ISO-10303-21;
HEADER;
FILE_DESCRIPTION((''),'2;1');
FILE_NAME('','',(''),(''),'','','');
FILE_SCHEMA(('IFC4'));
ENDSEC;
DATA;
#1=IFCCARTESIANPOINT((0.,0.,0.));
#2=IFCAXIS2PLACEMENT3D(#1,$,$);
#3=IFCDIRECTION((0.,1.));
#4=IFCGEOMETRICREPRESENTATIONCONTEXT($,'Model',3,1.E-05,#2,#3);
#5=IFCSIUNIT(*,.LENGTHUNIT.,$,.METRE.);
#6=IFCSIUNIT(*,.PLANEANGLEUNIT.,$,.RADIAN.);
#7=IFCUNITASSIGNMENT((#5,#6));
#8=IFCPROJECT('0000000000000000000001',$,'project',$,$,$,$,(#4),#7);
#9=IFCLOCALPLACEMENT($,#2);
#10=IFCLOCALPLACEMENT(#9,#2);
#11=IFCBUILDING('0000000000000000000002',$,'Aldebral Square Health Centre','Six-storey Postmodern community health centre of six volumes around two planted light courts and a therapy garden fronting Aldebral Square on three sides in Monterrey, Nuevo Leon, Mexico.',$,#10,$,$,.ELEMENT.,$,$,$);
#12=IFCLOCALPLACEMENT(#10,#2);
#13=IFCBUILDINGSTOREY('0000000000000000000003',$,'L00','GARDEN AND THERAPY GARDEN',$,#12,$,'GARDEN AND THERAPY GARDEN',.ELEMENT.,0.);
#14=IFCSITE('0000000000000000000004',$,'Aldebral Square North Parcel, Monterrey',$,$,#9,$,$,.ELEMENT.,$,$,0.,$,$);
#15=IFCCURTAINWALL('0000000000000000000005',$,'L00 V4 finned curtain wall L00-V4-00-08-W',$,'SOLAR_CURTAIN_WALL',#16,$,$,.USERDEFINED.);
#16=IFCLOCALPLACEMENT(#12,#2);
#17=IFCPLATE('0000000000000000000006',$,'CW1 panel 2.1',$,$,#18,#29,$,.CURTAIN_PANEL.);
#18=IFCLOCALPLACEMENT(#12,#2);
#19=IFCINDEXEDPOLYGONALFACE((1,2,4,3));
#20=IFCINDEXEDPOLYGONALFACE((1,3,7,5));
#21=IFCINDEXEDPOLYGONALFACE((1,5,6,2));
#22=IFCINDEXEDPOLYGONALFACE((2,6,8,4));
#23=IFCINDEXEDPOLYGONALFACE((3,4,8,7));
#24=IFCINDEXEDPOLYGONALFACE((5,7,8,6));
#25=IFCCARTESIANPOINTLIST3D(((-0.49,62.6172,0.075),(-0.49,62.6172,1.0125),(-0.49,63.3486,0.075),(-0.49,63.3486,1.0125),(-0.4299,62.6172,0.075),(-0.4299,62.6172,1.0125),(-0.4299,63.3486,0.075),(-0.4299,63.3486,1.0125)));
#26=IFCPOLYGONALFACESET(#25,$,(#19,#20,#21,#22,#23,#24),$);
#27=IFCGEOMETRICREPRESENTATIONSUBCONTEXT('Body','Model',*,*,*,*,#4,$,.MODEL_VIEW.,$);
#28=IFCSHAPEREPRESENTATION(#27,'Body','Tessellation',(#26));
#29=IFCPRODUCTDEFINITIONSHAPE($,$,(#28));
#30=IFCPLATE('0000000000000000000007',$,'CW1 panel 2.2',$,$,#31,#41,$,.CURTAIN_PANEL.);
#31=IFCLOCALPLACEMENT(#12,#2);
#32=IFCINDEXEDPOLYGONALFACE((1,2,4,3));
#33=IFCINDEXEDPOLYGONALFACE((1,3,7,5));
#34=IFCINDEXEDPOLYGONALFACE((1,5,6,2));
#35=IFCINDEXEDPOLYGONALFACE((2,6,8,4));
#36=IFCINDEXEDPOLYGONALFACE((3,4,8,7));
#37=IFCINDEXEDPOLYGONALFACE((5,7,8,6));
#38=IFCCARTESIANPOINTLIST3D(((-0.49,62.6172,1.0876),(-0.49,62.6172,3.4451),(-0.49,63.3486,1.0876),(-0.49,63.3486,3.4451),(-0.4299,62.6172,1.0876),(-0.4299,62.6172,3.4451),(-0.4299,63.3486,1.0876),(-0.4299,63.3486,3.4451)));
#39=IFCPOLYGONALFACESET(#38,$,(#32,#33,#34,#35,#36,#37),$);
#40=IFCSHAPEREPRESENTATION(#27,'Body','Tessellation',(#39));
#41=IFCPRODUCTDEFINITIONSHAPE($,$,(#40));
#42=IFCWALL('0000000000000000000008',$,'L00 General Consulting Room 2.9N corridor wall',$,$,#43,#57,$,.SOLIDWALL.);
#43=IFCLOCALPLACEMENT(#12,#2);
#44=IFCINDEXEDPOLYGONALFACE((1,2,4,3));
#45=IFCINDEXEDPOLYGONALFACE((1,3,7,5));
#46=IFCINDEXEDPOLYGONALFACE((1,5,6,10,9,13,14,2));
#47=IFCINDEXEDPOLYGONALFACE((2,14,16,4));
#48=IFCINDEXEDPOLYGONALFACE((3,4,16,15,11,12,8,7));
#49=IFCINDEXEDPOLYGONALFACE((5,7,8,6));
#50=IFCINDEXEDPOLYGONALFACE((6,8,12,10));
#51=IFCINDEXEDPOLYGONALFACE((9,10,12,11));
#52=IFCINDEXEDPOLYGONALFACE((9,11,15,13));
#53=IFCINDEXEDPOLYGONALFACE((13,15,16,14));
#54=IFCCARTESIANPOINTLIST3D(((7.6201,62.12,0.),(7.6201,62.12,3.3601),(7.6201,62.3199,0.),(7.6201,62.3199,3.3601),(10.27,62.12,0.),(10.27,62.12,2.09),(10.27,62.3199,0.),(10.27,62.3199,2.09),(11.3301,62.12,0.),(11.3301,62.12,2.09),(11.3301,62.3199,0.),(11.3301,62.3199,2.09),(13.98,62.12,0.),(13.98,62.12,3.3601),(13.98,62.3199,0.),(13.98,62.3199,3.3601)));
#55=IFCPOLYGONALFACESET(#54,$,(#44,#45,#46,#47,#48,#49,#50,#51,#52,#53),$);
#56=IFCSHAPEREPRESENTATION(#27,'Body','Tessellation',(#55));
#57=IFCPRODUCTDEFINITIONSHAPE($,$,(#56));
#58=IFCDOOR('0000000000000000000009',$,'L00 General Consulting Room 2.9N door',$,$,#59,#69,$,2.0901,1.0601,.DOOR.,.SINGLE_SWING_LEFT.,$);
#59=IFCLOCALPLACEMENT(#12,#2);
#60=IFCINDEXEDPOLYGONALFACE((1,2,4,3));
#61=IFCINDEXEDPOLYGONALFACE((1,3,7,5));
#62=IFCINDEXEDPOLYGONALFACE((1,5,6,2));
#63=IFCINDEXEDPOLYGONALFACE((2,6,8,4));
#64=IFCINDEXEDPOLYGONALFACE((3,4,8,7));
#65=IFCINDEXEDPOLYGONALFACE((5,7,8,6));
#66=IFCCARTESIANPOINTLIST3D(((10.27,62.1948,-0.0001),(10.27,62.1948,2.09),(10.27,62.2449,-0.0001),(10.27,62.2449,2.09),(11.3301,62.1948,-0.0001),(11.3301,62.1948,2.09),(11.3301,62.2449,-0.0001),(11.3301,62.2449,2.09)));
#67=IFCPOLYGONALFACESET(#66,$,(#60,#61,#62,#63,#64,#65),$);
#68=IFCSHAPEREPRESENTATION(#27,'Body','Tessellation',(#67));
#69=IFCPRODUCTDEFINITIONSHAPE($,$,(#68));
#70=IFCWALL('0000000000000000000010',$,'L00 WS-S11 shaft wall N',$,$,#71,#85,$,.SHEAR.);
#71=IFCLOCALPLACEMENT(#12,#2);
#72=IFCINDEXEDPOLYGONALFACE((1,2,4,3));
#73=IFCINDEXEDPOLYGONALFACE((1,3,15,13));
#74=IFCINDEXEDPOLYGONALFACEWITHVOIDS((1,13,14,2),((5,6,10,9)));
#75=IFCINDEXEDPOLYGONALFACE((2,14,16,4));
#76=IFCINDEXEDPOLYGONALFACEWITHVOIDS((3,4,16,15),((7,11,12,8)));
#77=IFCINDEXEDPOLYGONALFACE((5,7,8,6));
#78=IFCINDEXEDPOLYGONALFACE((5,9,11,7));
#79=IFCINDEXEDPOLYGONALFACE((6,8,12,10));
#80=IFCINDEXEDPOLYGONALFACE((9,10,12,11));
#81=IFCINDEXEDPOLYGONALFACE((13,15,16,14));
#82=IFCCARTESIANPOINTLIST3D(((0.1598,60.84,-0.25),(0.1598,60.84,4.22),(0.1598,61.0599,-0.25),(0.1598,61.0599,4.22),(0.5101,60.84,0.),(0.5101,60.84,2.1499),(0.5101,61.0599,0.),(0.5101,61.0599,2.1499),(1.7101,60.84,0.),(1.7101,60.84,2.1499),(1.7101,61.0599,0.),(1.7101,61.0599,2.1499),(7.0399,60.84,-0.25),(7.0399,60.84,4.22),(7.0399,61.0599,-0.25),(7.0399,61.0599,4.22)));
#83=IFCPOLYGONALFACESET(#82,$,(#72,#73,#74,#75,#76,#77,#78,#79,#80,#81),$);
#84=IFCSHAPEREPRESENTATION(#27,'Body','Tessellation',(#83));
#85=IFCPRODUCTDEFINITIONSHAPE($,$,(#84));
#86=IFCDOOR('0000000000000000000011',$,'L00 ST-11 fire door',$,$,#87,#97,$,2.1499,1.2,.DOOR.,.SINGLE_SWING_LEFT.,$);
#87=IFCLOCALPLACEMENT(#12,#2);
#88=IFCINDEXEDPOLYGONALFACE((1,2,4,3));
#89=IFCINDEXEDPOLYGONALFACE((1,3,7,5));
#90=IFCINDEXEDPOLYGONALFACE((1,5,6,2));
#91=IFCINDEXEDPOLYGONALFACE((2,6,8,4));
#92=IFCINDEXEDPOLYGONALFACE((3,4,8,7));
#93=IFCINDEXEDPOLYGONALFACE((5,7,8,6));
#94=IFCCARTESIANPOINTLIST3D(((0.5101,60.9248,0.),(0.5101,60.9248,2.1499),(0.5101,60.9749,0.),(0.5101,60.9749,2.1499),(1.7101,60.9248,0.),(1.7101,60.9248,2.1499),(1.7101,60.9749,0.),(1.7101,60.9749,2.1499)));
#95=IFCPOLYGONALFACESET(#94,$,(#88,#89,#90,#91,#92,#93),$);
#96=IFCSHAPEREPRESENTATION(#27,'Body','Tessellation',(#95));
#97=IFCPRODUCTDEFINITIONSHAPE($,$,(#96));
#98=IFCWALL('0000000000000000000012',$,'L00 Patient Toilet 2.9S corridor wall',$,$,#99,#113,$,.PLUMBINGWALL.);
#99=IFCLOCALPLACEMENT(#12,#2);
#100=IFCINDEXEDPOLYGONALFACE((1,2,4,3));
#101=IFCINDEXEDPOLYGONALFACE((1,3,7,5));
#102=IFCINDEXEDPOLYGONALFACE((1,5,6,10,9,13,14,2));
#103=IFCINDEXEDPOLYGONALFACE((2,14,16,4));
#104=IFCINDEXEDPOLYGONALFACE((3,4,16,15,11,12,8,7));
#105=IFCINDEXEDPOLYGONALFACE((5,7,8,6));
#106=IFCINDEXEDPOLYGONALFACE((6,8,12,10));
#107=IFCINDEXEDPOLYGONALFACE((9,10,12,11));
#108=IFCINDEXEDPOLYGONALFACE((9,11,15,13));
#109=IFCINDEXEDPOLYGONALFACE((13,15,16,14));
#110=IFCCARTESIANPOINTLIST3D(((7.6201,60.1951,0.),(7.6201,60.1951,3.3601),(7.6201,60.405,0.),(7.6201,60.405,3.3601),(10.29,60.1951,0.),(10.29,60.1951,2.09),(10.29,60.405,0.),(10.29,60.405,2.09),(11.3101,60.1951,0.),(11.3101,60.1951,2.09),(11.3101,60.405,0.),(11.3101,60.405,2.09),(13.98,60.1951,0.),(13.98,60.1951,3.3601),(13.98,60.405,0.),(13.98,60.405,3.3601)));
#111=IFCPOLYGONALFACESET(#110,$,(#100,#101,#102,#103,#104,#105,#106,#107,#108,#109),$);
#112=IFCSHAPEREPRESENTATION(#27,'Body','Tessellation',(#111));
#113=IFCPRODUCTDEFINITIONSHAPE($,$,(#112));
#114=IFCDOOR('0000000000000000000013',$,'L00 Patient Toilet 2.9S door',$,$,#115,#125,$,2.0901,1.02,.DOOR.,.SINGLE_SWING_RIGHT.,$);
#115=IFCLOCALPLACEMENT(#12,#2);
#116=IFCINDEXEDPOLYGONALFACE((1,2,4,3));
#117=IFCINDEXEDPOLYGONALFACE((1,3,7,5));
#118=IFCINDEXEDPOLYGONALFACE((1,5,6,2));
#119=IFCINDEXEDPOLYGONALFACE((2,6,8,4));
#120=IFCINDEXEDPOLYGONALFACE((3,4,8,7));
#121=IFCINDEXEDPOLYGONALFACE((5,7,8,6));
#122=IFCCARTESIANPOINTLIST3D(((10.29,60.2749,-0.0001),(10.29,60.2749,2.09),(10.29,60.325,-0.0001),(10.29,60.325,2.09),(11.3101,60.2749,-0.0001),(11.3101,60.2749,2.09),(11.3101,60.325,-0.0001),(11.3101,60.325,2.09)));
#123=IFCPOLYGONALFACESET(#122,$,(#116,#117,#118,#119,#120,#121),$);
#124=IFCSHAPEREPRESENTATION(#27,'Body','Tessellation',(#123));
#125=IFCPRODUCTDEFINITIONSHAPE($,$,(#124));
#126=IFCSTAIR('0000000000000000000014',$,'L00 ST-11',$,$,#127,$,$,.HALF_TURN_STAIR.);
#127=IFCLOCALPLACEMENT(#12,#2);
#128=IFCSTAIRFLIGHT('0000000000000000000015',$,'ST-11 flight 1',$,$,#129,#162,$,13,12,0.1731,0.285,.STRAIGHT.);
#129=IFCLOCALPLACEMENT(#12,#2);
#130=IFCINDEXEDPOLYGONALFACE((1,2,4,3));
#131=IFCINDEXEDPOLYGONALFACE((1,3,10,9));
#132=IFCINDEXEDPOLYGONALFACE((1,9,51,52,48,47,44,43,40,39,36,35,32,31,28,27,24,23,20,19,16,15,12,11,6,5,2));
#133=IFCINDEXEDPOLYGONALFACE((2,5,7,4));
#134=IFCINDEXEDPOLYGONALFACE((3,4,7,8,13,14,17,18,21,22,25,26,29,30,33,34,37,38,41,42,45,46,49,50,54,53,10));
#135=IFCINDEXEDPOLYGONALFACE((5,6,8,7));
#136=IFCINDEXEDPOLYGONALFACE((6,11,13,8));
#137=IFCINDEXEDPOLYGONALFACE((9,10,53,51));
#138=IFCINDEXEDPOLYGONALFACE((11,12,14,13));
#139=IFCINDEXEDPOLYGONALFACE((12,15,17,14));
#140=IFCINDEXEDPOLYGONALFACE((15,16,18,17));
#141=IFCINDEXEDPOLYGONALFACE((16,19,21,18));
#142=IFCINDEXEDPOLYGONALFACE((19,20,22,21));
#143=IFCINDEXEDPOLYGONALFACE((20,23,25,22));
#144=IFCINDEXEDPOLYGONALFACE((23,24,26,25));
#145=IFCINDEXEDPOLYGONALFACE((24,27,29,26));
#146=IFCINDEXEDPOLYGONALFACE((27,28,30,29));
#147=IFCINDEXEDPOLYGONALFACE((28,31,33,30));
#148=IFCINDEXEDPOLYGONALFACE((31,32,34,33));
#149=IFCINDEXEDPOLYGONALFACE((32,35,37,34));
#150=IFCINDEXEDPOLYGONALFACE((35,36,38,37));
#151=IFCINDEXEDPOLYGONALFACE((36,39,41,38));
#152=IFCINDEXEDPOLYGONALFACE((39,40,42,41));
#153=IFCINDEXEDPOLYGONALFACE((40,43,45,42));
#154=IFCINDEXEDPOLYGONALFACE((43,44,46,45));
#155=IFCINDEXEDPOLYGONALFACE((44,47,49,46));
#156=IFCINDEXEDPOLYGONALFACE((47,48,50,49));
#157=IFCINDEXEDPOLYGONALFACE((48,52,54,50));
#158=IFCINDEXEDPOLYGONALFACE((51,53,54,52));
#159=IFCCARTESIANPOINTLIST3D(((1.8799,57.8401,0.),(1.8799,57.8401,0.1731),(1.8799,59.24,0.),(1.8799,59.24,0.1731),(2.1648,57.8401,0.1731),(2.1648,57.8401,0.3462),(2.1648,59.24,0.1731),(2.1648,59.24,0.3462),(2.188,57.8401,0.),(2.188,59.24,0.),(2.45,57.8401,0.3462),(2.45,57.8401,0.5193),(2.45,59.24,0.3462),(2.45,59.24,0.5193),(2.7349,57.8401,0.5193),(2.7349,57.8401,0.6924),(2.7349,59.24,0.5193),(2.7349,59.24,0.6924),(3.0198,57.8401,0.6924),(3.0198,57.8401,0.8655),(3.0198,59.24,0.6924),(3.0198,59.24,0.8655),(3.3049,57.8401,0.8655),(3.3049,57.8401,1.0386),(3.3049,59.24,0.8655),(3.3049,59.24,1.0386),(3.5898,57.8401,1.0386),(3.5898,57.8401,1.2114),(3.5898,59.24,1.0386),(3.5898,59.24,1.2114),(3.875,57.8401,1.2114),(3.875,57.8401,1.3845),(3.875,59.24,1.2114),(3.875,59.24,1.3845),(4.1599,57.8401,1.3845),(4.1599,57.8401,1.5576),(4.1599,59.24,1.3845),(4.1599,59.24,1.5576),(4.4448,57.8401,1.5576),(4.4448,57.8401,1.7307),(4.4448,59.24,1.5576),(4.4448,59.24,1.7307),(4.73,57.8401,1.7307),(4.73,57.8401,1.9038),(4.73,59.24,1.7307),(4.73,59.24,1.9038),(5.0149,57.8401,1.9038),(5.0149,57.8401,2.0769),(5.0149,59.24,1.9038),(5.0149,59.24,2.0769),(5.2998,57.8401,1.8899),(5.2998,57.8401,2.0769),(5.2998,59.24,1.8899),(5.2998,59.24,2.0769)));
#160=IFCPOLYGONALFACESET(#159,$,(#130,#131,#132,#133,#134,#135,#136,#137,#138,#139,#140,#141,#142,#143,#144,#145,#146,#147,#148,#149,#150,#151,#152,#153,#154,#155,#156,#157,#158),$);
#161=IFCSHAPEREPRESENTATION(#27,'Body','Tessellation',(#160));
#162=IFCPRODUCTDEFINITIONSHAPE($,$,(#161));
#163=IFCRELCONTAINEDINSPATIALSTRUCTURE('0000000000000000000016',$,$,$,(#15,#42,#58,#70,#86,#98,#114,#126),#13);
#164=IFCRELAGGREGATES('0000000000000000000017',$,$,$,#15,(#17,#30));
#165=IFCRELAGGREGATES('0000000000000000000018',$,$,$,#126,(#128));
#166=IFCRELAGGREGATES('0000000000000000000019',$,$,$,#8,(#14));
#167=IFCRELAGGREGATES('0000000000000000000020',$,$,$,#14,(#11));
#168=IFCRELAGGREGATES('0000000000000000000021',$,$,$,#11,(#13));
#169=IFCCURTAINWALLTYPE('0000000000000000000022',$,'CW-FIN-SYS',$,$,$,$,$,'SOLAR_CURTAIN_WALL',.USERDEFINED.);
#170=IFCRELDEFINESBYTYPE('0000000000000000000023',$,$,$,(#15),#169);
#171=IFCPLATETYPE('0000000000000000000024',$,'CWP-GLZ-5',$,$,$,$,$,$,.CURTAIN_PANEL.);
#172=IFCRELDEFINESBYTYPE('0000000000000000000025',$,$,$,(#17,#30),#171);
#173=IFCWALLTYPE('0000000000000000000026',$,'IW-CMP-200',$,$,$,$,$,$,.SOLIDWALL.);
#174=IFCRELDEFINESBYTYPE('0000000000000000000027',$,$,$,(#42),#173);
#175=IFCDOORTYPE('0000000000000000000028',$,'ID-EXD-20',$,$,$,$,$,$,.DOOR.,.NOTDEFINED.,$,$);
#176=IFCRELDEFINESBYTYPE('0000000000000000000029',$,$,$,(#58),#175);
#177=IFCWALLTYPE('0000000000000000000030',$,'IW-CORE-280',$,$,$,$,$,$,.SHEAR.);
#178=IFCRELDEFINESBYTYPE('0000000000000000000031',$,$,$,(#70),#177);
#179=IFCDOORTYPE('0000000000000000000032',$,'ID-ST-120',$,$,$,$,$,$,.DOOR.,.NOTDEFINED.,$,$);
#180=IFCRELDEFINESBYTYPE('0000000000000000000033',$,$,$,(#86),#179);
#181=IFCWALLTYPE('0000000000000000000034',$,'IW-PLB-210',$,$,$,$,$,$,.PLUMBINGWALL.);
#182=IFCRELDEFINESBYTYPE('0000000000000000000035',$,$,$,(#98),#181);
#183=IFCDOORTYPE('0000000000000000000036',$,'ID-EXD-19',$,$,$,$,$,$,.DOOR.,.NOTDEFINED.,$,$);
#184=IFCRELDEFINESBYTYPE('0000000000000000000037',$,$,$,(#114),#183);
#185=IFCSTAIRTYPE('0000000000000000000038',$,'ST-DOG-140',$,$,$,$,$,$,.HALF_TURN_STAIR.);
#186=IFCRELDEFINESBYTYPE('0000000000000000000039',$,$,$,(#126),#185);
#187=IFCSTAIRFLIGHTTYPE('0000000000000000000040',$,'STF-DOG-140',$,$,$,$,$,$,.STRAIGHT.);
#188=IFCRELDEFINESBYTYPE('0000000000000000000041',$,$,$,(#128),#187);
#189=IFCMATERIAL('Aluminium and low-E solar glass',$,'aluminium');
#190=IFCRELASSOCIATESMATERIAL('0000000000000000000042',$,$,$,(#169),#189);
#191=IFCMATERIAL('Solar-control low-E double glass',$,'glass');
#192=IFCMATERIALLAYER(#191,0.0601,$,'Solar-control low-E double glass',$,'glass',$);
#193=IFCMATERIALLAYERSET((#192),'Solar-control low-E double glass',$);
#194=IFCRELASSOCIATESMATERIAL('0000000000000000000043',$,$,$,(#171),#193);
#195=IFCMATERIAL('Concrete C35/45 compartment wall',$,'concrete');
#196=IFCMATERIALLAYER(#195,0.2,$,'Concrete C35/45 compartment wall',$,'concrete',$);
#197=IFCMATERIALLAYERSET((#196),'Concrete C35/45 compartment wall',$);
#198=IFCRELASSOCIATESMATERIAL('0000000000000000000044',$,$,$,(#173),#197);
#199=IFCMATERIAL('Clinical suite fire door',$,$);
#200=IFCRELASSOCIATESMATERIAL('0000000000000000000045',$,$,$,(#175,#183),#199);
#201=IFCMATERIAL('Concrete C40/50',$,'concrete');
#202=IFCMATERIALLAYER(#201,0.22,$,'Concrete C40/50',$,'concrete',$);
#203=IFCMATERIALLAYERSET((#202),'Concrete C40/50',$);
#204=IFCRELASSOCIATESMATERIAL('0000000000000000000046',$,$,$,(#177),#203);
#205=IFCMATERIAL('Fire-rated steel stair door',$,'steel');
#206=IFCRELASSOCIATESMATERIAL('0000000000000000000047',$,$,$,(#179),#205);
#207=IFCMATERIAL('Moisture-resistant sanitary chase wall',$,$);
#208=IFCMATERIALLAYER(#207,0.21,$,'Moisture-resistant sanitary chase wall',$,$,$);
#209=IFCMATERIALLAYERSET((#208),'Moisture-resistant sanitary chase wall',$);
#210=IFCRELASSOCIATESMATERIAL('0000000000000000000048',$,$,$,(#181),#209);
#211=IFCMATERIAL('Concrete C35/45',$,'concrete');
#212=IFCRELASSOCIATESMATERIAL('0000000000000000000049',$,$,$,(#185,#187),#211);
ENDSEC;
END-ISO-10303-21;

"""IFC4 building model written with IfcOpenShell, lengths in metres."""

from ifc_helpers import new_model, si_unit, direction, frame, frame_2d, origin, origin_2d, place, context, subcontext, project, spatial, polyline, rectangle, outline, extrude, material, layer, layer_set, type_object, element, fill, aggregate, save


model = new_model("IFC4")

# Units and contexts
model_context = context("Model", 3, precision=1e-05, world=origin(), true_north=direction((0.0, 1.0)))
body_context = subcontext(model_context, "Body", "Model", "MODEL_VIEW")
ifc_project = project(units=[si_unit("LENGTHUNIT", "METRE"), si_unit("PLANEANGLEUNIT", "RADIAN")], contexts=[model_context])

# Site, building, storey
site_placement = place(None, origin())
site = spatial("IfcSite", under=ifc_project, at=site_placement, Name="Aldebral Square North Parcel, Monterrey", CompositionType="ELEMENT", RefElevation=0.0)
building_placement = place(site_placement, origin())
building = spatial("IfcBuilding", under=site, at=building_placement, Name="Aldebral Square Health Centre", Description="Six-storey Postmodern community health centre of six volumes around two planted light courts and a therapy garden fronting Aldebral Square on three sides in Monterrey, Nuevo Leon, Mexico.", CompositionType="ELEMENT")
storey_placement = place(building_placement, origin())
storey = spatial("IfcBuildingStorey", under=building, at=storey_placement, Name="L00", Description="GARDEN AND THERAPY GARDEN", LongName="GARDEN AND THERAPY GARDEN", CompositionType="ELEMENT", Elevation=0.0)

# Shared definitions
ifc_material_1 = material(Name="Concrete C35/45", Category="concrete")

# Shared definitions
ifc_material_2 = material(Name="Concrete C40/50", Category="concrete")

# Curtain wall, plates
ifc_material_3 = material(Name="Aluminium and low-E solar glass", Category="aluminium")
curtain_wall_type = type_object("IfcCurtainWallType", Name="CW-FIN-SYS", ElementType="SOLAR_CURTAIN_WALL", PredefinedType="USERDEFINED", material=ifc_material_3)
curtain_wall_placement = place(storey_placement, origin())
curtain_wall = element("IfcCurtainWall", 1, at=curtain_wall_placement, inside=storey, type_object=curtain_wall_type, Name="L00 V4 finned curtain wall L00-V4-00-08-W", ObjectType="SOLAR_CURTAIN_WALL", PredefinedType="USERDEFINED")
ifc_material_4 = material(Name="Solar-control low-E double glass", Category="glass")
ifc_layer_1 = layer(ifc_material_4, 0.0601, Name="Solar-control low-E double glass", Category="glass")
ifc_layer_set_1 = layer_set([ifc_layer_1], Name="Solar-control low-E double glass")
plate_type = type_object("IfcPlateType", Name="CWP-GLZ-5", PredefinedType="CURTAIN_PANEL", material=ifc_layer_set_1)
plate_1_placement = place(storey_placement, frame((-0.46, 62.9829, 0.075), z_axis=(0.0, 0.0, 1.0), x_axis=(0.0, -1.0, 0.0)))
plate_1 = element("IfcPlate", 2, at=plate_1_placement, type_object=plate_type, Name="CW1 panel 2.1", PredefinedType="CURTAIN_PANEL", context=body_context, shape_type="SweptSolid", body=[
    extrude(rectangle(XDim=0.7314, YDim=0.0601, at=origin_2d()), origin(), (0.0, 0.0, 1.0), 0.9375),
])
plate_2_placement = place(storey_placement, frame((-0.46, 62.9829, 1.0876), z_axis=(0.0, 0.0, 1.0), x_axis=(0.0, -1.0, 0.0)))
plate_2 = element("IfcPlate", 3, at=plate_2_placement, type_object=plate_type, Name="CW1 panel 2.2", PredefinedType="CURTAIN_PANEL", context=body_context, shape_type="SweptSolid", body=[
    extrude(rectangle(XDim=0.7314, YDim=0.0601, at=origin_2d()), origin(), (0.0, 0.0, 1.0), 2.3574),
])
aggregate(curtain_wall, [plate_1, plate_2])

# Walls, openings, doors
ifc_material_5 = material(Name="Concrete C35/45 compartment wall", Category="concrete")
ifc_layer_2 = layer(ifc_material_5, 0.2, Name="Concrete C35/45 compartment wall", Category="concrete")
ifc_layer_set_2 = layer_set([ifc_layer_2], Name="Concrete C35/45 compartment wall")
wall_type_1 = type_object("IfcWallType", Name="IW-CMP-200", PredefinedType="SOLIDWALL", material=ifc_layer_set_2)
wall_1_placement = place(storey_placement, frame((7.6201, 62.22, 0.0), z_axis=(0.0, 0.0, 1.0), x_axis=(1.0, 0.0, 0.0)))
wall_1 = element("IfcWall", 4, at=wall_1_placement, inside=storey, type_object=wall_type_1, Name="L00 General Consulting Room 2.9N corridor wall", PredefinedType="SOLIDWALL", context=body_context, shape_type="SweptSolid", body=[
    extrude(rectangle(XDim=6.3599, YDim=0.2, at=frame_2d((3.1799, 0.0))), origin(), (0.0, 0.0, 1.0), 3.3601),
])
opening_1_placement = place(wall_1_placement, frame((2.6499, 0.0, 0.0)))
opening_1 = element("IfcOpeningElement", 5, at=opening_1_placement, cuts=wall_1, PredefinedType="OPENING", context=body_context, shape_type="SweptSolid", body=[
    extrude(rectangle(XDim=1.0601, YDim=2.0901, at=frame_2d((0.53, 1.0449))), frame((0.0, 0.1099, 0.0), z_axis=(0.0, -1.0, 0.0), x_axis=(1.0, 0.0, 0.0)), (0.0, 0.0, 1.0), 0.22),
])
ifc_material_6 = material(Name="Clinical suite fire door")
door_type_1 = type_object("IfcDoorType", Name="ID-EXD-20", OperationType="NOTDEFINED", PredefinedType="DOOR", material=ifc_material_6)
door_1_placement = place(opening_1_placement, origin())
door_1 = element("IfcDoor", 6, at=door_1_placement, inside=storey, type_object=door_type_1, Name="L00 General Consulting Room 2.9N door", OperationType="SINGLE_SWING_LEFT", OverallHeight=2.0901, OverallWidth=1.0601, PredefinedType="DOOR", context=body_context, shape_type="SweptSolid", body=[
    extrude(rectangle(XDim=1.0601, YDim=2.0901, at=frame_2d((0.53, 1.0449))), frame((0.0, 0.0249, 0.0), z_axis=(0.0, -1.0, 0.0), x_axis=(1.0, 0.0, 0.0)), (0.0, 0.0, 1.0), 0.05),
])
fill(opening_1, door_1)
ifc_layer_3 = layer(ifc_material_2, 0.22, Name="Concrete C40/50", Category="concrete")
ifc_layer_set_3 = layer_set([ifc_layer_3], Name="Concrete C40/50")
wall_type_2 = type_object("IfcWallType", Name="IW-CORE-280", PredefinedType="SHEAR", material=ifc_layer_set_3)
wall_2_placement = place(storey_placement, frame((0.1599, 60.95, -0.25), z_axis=(0.0, 0.0, 1.0), x_axis=(1.0, 0.0, 0.0)))
wall_2 = element("IfcWall", 7, at=wall_2_placement, inside=storey, type_object=wall_type_2, Name="L00 WS-S11 shaft wall N", PredefinedType="SHEAR", context=body_context, shape_type="SweptSolid", body=[
    extrude(rectangle(XDim=6.8801, YDim=0.22, at=frame_2d((3.4399, 0.0))), origin(), (0.0, 0.0, 1.0), 4.47),
])
opening_2_placement = place(wall_2_placement, frame((0.3501, 0.0, 0.25)))
opening_2 = element("IfcOpeningElement", 8, at=opening_2_placement, cuts=wall_2, PredefinedType="OPENING", context=body_context, shape_type="SweptSolid", body=[
    extrude(rectangle(XDim=1.2, YDim=2.1499, at=frame_2d((0.6001, 1.075))), frame((0.0, 0.1201, 0.0), z_axis=(0.0, -1.0, 0.0), x_axis=(1.0, 0.0, 0.0)), (0.0, 0.0, 1.0), 0.24),
])
ifc_material_7 = material(Name="Fire-rated steel stair door", Category="steel")
door_type_2 = type_object("IfcDoorType", Name="ID-ST-120", OperationType="NOTDEFINED", PredefinedType="DOOR", material=ifc_material_7)
door_2_placement = place(opening_2_placement, origin())
door_2 = element("IfcDoor", 9, at=door_2_placement, inside=storey, type_object=door_type_2, Name="L00 ST-11 fire door", OperationType="SINGLE_SWING_LEFT", OverallHeight=2.1499, OverallWidth=1.2, PredefinedType="DOOR", context=body_context, shape_type="SweptSolid", body=[
    extrude(rectangle(XDim=1.2, YDim=2.1499, at=frame_2d((0.6001, 1.075))), frame((0.0, 0.0249, 0.0), z_axis=(0.0, -1.0, 0.0), x_axis=(1.0, 0.0, 0.0)), (0.0, 0.0, 1.0), 0.05),
])
fill(opening_2, door_2)
ifc_material_8 = material(Name="Moisture-resistant sanitary chase wall")
ifc_layer_4 = layer(ifc_material_8, 0.21, Name="Moisture-resistant sanitary chase wall")
ifc_layer_set_4 = layer_set([ifc_layer_4], Name="Moisture-resistant sanitary chase wall")
wall_type_3 = type_object("IfcWallType", Name="IW-PLB-210", PredefinedType="PLUMBINGWALL", material=ifc_layer_set_4)
wall_3_placement = place(storey_placement, frame((7.6201, 60.3, 0.0), z_axis=(0.0, 0.0, 1.0), x_axis=(1.0, 0.0, 0.0)))
wall_3 = element("IfcWall", 10, at=wall_3_placement, inside=storey, type_object=wall_type_3, Name="L00 Patient Toilet 2.9S corridor wall", PredefinedType="PLUMBINGWALL", context=body_context, shape_type="SweptSolid", body=[
    extrude(rectangle(XDim=6.3599, YDim=0.21, at=frame_2d((3.1799, 0.0))), origin(), (0.0, 0.0, 1.0), 3.3601),
])
opening_3_placement = place(wall_3_placement, frame((2.6699, 0.0, 0.0)))
opening_3 = element("IfcOpeningElement", 11, at=opening_3_placement, cuts=wall_3, PredefinedType="OPENING", context=body_context, shape_type="SweptSolid", body=[
    extrude(rectangle(XDim=1.02, YDim=2.0901, at=frame_2d((0.51, 1.0449))), frame((0.0, 0.115, 0.0), z_axis=(0.0, -1.0, 0.0), x_axis=(1.0, 0.0, 0.0)), (0.0, 0.0, 1.0), 0.23),
])
door_type_3 = type_object("IfcDoorType", Name="ID-EXD-19", OperationType="NOTDEFINED", PredefinedType="DOOR", material=ifc_material_6)
door_3_placement = place(opening_3_placement, origin())
door_3 = element("IfcDoor", 12, at=door_3_placement, inside=storey, type_object=door_type_3, Name="L00 Patient Toilet 2.9S door", OperationType="SINGLE_SWING_RIGHT", OverallHeight=2.0901, OverallWidth=1.02, PredefinedType="DOOR", context=body_context, shape_type="SweptSolid", body=[
    extrude(rectangle(XDim=1.02, YDim=2.0901, at=frame_2d((0.51, 1.0449))), frame((0.0, 0.0249, 0.0), z_axis=(0.0, -1.0, 0.0), x_axis=(1.0, 0.0, 0.0)), (0.0, 0.0, 1.0), 0.05),
])
fill(opening_3, door_3)

# Stair, stair flight
stair_type = type_object("IfcStairType", Name="ST-DOG-140", PredefinedType="HALF_TURN_STAIR", material=ifc_material_1)
stair_placement = place(storey_placement, origin())
stair = element("IfcStair", 13, at=stair_placement, inside=storey, type_object=stair_type, Name="L00 ST-11", PredefinedType="HALF_TURN_STAIR")
stair_flight_type = type_object("IfcStairFlightType", Name="STF-DOG-140", PredefinedType="STRAIGHT", material=ifc_material_1)
stair_flight_1_placement = place(storey_placement, frame((1.8799, 58.54, 0.0), z_axis=(0.0, 0.0, 1.0), x_axis=(1.0, 0.0, 0.0)))
stair_flight_1 = element("IfcStairFlight", 14, at=stair_flight_1_placement, type_object=stair_flight_type, Name="ST-11 flight 1", NumberOfRisers=13, NumberOfTreads=12, PredefinedType="STRAIGHT", RiserHeight=0.1731, TreadLength=0.285, context=body_context, shape_type="SweptSolid", body=[
    extrude(outline(polyline([(0.0, 0.0), (0.0, 0.1731), (0.2849, 0.1731), (0.2849, 0.3462), (0.5701, 0.3462), (0.5701, 0.5193), (0.855, 0.5193), (0.855, 0.6924), (1.1399, 0.6924), (1.1399, 0.8655), (1.425, 0.8655), (1.425, 1.0386), (1.71, 1.0386), (1.71, 1.2114), (1.9951, 1.2114), (1.9951, 1.3845), (2.28, 1.3845), (2.28, 1.5576), (2.5649, 1.5576), (2.5649, 1.7307), (2.8501, 1.7307), (2.8501, 1.9038), (3.135, 1.9038), (3.135, 2.0769), (3.4199, 2.0769), (3.4199, 2.25), (3.4199, 1.8899), (0.3081, 0.0), (0.0, 0.0)])), frame((0.0, 0.7, 0.0), z_axis=(0.0, -1.0, 0.0), x_axis=(1.0, 0.0, 0.0)), (0.0, 0.0, 1.0), 1.3999),
])
aggregate(stair, [stair_flight_1])

save(model, "model.ifc")
